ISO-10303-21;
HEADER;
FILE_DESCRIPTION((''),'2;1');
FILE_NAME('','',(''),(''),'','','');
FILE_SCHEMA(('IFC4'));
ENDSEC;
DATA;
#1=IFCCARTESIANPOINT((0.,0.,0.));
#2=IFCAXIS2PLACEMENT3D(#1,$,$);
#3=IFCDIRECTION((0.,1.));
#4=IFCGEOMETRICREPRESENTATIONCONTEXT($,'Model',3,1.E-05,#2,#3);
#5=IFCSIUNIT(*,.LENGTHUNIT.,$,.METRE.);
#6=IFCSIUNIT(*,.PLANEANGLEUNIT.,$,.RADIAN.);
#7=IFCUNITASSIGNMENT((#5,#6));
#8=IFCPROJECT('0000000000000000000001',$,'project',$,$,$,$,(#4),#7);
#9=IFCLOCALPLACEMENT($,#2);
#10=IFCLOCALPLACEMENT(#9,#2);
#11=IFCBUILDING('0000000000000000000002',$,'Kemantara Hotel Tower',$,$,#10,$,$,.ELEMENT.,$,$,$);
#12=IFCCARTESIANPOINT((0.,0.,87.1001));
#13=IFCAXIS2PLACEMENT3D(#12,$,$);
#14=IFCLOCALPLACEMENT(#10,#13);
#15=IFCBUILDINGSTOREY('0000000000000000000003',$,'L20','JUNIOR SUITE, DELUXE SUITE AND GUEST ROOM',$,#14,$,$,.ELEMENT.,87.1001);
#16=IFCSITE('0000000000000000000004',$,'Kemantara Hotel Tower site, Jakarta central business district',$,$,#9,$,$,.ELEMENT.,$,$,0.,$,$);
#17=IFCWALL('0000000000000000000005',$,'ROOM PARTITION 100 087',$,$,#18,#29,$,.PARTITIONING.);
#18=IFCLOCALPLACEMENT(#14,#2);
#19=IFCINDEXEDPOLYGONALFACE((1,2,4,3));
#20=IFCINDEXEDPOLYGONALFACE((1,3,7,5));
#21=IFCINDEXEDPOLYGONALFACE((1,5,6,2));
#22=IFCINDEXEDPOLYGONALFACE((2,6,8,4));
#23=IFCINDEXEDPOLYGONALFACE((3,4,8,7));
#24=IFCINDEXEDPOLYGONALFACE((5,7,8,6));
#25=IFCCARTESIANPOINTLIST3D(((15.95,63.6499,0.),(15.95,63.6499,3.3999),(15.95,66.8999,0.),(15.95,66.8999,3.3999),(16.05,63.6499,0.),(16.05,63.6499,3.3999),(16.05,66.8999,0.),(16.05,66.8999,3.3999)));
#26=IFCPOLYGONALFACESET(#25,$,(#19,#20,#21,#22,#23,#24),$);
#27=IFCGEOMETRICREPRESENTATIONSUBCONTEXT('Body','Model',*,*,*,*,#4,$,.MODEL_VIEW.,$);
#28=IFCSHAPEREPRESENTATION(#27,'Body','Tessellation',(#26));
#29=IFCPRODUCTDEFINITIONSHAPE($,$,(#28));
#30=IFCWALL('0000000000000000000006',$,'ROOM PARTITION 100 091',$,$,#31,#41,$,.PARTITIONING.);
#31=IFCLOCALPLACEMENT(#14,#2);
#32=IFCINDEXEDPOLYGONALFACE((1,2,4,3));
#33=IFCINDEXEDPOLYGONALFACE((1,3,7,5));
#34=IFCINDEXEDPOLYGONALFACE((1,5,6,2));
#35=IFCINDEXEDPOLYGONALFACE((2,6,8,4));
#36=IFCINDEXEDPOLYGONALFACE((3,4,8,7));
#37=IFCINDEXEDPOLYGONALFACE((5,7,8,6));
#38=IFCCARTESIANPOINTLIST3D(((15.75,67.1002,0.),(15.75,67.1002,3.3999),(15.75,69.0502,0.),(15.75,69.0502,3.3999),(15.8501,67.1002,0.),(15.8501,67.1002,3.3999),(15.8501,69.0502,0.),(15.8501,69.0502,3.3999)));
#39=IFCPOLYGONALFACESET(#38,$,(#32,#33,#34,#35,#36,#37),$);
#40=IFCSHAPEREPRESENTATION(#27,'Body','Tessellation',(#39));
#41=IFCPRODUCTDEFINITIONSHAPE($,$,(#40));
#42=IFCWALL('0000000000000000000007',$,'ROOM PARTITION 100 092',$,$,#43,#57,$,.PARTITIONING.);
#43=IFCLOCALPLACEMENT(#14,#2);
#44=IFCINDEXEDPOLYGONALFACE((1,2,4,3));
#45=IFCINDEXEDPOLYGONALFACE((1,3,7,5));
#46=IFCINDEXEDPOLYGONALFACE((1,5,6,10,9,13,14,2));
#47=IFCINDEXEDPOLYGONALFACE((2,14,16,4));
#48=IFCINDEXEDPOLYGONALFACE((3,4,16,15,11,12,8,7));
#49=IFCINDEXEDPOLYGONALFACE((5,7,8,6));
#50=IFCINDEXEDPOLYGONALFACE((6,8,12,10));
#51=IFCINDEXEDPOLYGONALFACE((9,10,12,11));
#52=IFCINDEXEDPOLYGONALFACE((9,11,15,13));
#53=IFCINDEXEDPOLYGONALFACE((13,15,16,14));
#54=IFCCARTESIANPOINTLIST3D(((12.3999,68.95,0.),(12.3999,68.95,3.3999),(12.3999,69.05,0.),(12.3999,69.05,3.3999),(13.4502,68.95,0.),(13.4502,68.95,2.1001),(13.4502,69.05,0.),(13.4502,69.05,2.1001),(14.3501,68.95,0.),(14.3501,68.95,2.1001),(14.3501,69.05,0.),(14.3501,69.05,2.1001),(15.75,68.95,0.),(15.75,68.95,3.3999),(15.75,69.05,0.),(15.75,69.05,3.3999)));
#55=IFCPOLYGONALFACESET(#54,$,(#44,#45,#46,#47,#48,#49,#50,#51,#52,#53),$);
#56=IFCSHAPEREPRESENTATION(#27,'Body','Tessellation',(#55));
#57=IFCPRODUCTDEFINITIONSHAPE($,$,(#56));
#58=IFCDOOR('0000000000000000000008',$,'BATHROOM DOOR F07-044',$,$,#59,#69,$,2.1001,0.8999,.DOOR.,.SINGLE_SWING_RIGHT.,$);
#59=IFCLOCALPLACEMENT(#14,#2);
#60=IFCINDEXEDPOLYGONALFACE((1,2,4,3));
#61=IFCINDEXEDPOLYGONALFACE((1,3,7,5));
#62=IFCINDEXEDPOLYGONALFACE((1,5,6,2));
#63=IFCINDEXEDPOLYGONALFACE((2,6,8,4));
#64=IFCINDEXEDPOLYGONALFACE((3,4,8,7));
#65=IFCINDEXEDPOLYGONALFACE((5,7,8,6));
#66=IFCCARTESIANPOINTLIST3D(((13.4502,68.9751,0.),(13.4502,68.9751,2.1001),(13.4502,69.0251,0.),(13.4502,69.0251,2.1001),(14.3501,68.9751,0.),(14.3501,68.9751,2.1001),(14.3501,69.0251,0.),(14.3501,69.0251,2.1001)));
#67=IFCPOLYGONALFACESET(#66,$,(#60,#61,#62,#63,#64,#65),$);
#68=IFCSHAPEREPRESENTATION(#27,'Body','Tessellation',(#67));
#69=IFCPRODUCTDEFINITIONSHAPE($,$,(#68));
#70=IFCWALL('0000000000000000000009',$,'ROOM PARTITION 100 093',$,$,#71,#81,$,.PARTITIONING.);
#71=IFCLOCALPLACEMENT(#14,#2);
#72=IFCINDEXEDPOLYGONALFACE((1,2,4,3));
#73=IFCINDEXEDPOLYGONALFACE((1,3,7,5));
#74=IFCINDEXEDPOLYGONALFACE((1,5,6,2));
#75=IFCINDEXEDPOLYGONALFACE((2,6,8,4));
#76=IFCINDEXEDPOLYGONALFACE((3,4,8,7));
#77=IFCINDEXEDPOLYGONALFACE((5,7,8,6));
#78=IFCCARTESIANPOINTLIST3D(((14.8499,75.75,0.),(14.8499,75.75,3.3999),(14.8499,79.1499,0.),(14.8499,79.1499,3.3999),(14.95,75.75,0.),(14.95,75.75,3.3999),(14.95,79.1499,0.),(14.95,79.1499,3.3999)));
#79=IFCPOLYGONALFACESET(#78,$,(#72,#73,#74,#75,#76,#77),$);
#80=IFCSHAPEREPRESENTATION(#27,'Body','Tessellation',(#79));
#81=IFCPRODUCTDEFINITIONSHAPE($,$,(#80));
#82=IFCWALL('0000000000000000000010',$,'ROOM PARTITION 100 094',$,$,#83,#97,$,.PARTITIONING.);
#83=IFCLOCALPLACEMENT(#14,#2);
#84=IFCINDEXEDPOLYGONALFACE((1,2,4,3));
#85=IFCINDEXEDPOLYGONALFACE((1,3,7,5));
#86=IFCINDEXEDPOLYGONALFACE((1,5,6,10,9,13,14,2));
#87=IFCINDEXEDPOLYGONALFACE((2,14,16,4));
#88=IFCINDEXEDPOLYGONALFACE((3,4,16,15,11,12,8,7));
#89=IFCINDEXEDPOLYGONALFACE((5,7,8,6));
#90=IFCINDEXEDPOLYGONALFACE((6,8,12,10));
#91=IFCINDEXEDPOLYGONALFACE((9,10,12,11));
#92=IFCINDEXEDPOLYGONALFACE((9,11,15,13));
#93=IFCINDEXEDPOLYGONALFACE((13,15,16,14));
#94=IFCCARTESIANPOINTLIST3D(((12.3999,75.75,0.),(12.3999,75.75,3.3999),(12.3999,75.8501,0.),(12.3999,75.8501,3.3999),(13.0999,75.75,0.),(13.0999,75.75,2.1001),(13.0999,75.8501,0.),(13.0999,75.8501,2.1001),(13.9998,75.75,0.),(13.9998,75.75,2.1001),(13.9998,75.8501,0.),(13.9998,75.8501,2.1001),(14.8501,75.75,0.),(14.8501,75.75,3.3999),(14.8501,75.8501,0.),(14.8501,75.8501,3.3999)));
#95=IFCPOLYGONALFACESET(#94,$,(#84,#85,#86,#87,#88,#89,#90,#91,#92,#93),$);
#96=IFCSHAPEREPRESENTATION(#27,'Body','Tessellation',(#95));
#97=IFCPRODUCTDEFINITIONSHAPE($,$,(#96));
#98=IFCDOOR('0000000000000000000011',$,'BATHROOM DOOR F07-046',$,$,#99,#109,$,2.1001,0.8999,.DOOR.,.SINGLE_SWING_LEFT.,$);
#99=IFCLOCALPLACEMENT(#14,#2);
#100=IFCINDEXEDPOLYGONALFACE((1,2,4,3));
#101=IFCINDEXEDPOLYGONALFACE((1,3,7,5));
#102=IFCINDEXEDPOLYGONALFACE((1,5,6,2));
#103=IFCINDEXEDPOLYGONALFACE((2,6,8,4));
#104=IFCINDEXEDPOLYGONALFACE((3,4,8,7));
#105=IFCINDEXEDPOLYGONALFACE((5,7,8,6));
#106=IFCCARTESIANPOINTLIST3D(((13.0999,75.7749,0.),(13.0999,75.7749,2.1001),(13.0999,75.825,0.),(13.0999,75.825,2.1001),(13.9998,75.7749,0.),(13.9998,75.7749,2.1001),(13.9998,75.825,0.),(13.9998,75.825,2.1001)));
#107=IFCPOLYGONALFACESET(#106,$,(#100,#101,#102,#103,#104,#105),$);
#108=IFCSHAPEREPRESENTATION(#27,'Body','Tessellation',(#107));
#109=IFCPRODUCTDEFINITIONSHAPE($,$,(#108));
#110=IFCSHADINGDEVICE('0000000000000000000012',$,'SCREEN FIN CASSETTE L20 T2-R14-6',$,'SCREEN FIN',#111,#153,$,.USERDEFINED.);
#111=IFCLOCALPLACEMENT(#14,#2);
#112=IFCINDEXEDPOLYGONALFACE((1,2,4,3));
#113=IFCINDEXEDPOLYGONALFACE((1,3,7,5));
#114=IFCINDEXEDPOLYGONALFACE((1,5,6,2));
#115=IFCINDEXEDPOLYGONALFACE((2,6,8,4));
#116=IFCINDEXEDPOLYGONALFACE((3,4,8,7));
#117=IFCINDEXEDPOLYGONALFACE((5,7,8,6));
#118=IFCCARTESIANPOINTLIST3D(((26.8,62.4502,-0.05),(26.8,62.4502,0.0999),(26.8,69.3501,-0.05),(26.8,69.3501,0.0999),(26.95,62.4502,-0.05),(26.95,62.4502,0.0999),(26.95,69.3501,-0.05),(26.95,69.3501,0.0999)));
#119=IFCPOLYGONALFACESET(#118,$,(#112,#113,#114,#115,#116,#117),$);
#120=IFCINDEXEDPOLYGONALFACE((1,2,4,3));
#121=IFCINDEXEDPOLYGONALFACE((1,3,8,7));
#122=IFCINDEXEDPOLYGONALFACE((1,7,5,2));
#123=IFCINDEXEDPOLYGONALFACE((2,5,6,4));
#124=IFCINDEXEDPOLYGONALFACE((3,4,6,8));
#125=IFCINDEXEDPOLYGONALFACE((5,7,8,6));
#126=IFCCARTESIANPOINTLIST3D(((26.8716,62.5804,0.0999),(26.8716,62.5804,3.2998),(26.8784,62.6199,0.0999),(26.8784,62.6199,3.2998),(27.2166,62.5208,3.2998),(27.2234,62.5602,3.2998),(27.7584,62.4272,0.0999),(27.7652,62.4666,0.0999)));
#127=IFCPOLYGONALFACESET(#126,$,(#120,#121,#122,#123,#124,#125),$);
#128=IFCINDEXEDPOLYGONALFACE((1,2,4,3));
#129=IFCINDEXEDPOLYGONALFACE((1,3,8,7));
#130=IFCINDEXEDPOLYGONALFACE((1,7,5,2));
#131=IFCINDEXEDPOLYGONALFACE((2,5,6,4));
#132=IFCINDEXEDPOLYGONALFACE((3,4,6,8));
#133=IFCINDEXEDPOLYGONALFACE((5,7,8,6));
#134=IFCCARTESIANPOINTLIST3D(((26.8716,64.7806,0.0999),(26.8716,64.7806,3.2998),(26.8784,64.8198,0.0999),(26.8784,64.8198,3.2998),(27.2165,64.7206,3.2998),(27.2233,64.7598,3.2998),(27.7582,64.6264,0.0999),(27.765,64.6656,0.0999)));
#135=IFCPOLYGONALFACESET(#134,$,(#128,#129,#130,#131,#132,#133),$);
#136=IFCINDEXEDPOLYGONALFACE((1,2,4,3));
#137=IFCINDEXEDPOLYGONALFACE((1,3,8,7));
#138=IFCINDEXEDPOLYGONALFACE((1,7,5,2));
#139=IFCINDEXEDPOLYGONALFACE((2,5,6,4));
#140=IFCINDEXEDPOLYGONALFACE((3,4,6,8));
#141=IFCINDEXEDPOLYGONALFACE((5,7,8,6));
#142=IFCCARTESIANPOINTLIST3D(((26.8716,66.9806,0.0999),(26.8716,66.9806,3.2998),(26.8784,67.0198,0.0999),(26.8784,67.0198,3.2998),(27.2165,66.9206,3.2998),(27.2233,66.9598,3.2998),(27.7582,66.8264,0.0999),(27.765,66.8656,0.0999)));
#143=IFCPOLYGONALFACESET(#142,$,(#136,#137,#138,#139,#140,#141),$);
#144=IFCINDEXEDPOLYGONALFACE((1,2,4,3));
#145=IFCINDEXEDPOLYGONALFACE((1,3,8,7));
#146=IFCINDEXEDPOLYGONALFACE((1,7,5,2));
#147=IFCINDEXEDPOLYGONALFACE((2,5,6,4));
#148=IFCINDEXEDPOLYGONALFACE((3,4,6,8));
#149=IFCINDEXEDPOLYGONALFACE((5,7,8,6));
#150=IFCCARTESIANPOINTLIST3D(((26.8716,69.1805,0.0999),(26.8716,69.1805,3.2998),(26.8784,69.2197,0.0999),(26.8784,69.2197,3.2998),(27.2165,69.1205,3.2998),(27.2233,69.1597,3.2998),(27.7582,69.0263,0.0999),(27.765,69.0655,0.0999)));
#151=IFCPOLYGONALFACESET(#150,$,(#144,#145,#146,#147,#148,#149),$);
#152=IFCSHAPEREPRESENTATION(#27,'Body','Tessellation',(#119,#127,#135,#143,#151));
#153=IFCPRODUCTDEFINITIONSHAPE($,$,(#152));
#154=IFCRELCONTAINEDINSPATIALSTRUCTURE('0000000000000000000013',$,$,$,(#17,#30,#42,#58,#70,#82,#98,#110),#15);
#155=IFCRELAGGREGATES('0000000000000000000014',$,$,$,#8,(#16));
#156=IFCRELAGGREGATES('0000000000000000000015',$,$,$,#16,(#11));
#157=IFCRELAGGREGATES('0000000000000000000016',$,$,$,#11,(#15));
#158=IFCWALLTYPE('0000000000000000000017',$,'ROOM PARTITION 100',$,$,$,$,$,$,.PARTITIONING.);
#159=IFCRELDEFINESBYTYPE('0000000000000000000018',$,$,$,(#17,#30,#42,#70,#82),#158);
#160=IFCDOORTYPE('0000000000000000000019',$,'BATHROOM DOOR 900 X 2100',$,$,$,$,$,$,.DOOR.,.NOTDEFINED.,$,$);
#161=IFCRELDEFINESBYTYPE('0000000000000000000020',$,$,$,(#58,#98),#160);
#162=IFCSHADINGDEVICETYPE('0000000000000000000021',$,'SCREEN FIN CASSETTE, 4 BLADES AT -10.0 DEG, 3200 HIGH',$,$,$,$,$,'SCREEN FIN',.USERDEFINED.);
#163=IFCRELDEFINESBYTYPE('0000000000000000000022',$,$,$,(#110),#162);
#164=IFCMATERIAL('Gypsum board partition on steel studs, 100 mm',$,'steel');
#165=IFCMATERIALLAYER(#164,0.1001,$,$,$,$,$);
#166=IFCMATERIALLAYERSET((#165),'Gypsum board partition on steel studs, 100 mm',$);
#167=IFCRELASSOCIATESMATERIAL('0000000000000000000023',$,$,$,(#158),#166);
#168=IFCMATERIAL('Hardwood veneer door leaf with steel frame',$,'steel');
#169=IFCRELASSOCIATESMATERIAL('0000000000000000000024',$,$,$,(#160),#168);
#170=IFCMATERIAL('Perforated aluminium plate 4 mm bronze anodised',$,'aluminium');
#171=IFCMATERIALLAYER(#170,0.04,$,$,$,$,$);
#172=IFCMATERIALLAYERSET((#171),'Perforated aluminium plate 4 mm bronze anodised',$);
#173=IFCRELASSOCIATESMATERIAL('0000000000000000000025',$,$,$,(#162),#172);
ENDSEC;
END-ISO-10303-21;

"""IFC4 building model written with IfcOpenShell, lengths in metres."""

from ifc_helpers import new_model, si_unit, direction, frame, frame_2d, origin, origin_2d, place, context, subcontext, project, spatial, polyline, rectangle, outline, extrude, source, transform, mapped, material, layer, layer_set, type_object, element, fill, save


model = new_model("IFC4")

# Units and contexts
model_context = context("Model", 3, precision=1e-05, world=origin(), true_north=direction((0.0, 1.0)))
body_context = subcontext(model_context, "Body", "Model", "MODEL_VIEW")
ifc_project = project(units=[si_unit("LENGTHUNIT", "METRE"), si_unit("PLANEANGLEUNIT", "RADIAN")], contexts=[model_context])

# Site, building, storey
site_placement = place(None, origin())
site = spatial("IfcSite", under=ifc_project, at=site_placement, Name="Kemantara Hotel Tower site, Jakarta central business district", CompositionType="ELEMENT", RefElevation=0.0)
building_placement = place(site_placement, origin())
building = spatial("IfcBuilding", under=site, at=building_placement, Name="Kemantara Hotel Tower", CompositionType="ELEMENT")
storey_placement = place(building_placement, frame((0.0, 0.0, 87.1001)))
storey = spatial("IfcBuildingStorey", under=building, at=storey_placement, Name="L20", Description="JUNIOR SUITE, DELUXE SUITE AND GUEST ROOM", CompositionType="ELEMENT", Elevation=87.1001)

# Walls
ifc_material_1 = material(Name="Gypsum board partition on steel studs, 100 mm", Category="steel")
ifc_layer_1 = layer(ifc_material_1, 0.1001)
ifc_layer_set_1 = layer_set([ifc_layer_1], Name="Gypsum board partition on steel studs, 100 mm")
wall_type_1 = type_object("IfcWallType", Name="ROOM PARTITION 100", PredefinedType="PARTITIONING", material=ifc_layer_set_1)
wall_1_placement = place(storey_placement, frame((16.0, 63.6499, 0.0), z_axis=(0.0, 0.0, 1.0), x_axis=(0.0, 1.0, 0.0)))
element("IfcWall", 1, at=wall_1_placement, inside=storey, type_object=wall_type_1, Name="ROOM PARTITION 100 087", PredefinedType="PARTITIONING", context=body_context, shape_type="SweptSolid", body=[
    extrude(rectangle(XDim=3.25, YDim=0.1001, at=frame_2d((1.625, 0.0))), origin(), (0.0, 0.0, 1.0), 3.3999),
])
wall_2_placement = place(storey_placement, frame((15.8, 67.1001, 0.0), z_axis=(0.0, 0.0, 1.0), x_axis=(0.0, 1.0, 0.0)))
element("IfcWall", 2, at=wall_2_placement, inside=storey, type_object=wall_type_1, Name="ROOM PARTITION 100 091", PredefinedType="PARTITIONING", context=body_context, shape_type="SweptSolid", body=[
    extrude(rectangle(XDim=1.95, YDim=0.1001, at=frame_2d((0.9751, 0.0))), origin(), (0.0, 0.0, 1.0), 3.3999),
])

# Wall, opening, door
wall_3_placement = place(storey_placement, frame((15.75, 69.0, 0.0), z_axis=(0.0, 0.0, 1.0), x_axis=(-1.0, 0.0, 0.0)))
wall_3 = element("IfcWall", 3, at=wall_3_placement, inside=storey, type_object=wall_type_1, Name="ROOM PARTITION 100 092", PredefinedType="PARTITIONING", context=body_context, shape_type="SweptSolid", body=[
    extrude(rectangle(XDim=3.3501, YDim=0.1001, at=frame_2d((1.675, 0.0))), origin(), (0.0, 0.0, 1.0), 3.3999),
])
opening_1_placement = place(wall_3_placement, frame((1.3999, 0.0, 0.0)))
opening_1 = element("IfcOpeningElement", 4, at=opening_1_placement, cuts=wall_3, PredefinedType="OPENING", context=body_context, shape_type="SweptSolid", body=[
    extrude(rectangle(XDim=0.8999, YDim=2.1001, at=frame_2d((0.45, 1.05))), frame((0.0, 0.0601, 0.0), z_axis=(0.0, -1.0, 0.0), x_axis=(1.0, 0.0, 0.0)), (0.0, 0.0, 1.0), 0.1201),
])
ifc_material_2 = material(Name="Hardwood veneer door leaf with steel frame", Category="steel")
door_type = type_object("IfcDoorType", Name="BATHROOM DOOR 900 X 2100", OperationType="NOTDEFINED", PredefinedType="DOOR", material=ifc_material_2)
door_1_placement = place(opening_1_placement, origin())
door_1 = element("IfcDoor", 5, at=door_1_placement, inside=storey, type_object=door_type, Name="BATHROOM DOOR F07-044", OperationType="SINGLE_SWING_RIGHT", OverallHeight=2.1001, OverallWidth=0.8999, PredefinedType="DOOR", context=body_context, shape_type="SweptSolid", body=[
    extrude(rectangle(XDim=0.8999, YDim=2.1001, at=frame_2d((0.45, 1.05))), frame((0.0, 0.0249, 0.0), z_axis=(0.0, -1.0, 0.0), x_axis=(1.0, 0.0, 0.0)), (0.0, 0.0, 1.0), 0.05),
])
fill(opening_1, door_1)

# Wall
wall_4_placement = place(storey_placement, frame((14.8999, 75.75, 0.0), z_axis=(0.0, 0.0, 1.0), x_axis=(0.0, 1.0, 0.0)))
element("IfcWall", 6, at=wall_4_placement, inside=storey, type_object=wall_type_1, Name="ROOM PARTITION 100 093", PredefinedType="PARTITIONING", context=body_context, shape_type="SweptSolid", body=[
    extrude(rectangle(XDim=3.3999, YDim=0.1001, at=frame_2d((1.7, 0.0))), origin(), (0.0, 0.0, 1.0), 3.3999),
])

# Wall, opening, door
wall_5_placement = place(storey_placement, frame((12.3999, 75.8, 0.0), z_axis=(0.0, 0.0, 1.0), x_axis=(1.0, 0.0, 0.0)))
wall_5 = element("IfcWall", 7, at=wall_5_placement, inside=storey, type_object=wall_type_1, Name="ROOM PARTITION 100 094", PredefinedType="PARTITIONING", context=body_context, shape_type="SweptSolid", body=[
    extrude(rectangle(XDim=2.4502, YDim=0.1001, at=frame_2d((1.2251, 0.0))), origin(), (0.0, 0.0, 1.0), 3.3999),
])
opening_2_placement = place(wall_5_placement, frame((0.7, 0.0, 0.0)))
opening_2 = element("IfcOpeningElement", 8, at=opening_2_placement, cuts=wall_5, PredefinedType="OPENING", context=body_context, shape_type="SweptSolid", body=[
    extrude(rectangle(XDim=0.8999, YDim=2.1001, at=frame_2d((0.45, 1.05))), frame((0.0, 0.0601, 0.0), z_axis=(0.0, -1.0, 0.0), x_axis=(1.0, 0.0, 0.0)), (0.0, 0.0, 1.0), 0.1201),
])
door_2_placement = place(opening_2_placement, origin())
door_2 = element("IfcDoor", 9, at=door_2_placement, inside=storey, type_object=door_type, Name="BATHROOM DOOR F07-046", OperationType="SINGLE_SWING_LEFT", OverallHeight=2.1001, OverallWidth=0.8999, PredefinedType="DOOR", context=body_context, shape_type="SweptSolid", body=[
    extrude(rectangle(XDim=0.8999, YDim=2.1001, at=frame_2d((0.45, 1.05))), frame((0.0, 0.0249, 0.0), z_axis=(0.0, -1.0, 0.0), x_axis=(1.0, 0.0, 0.0)), (0.0, 0.0, 1.0), 0.05),
])
fill(opening_2, door_2)

# Shading device
ifc_material_3 = material(Name="Perforated aluminium plate 4 mm bronze anodised", Category="aluminium")
ifc_layer_2 = layer(ifc_material_3, 0.04)
ifc_layer_set_2 = layer_set([ifc_layer_2], Name="Perforated aluminium plate 4 mm bronze anodised")
shading_device_type_1 = type_object("IfcShadingDeviceType", Name="SCREEN FIN CASSETTE, 4 BLADES AT -10.0 DEG, 3200 HIGH", ElementType="SCREEN FIN", PredefinedType="USERDEFINED", material=ifc_layer_set_2)
shared_shape_1 = source(origin(), body_context, "Body", "SweptSolid", [
    extrude(rectangle(XDim=6.8999, YDim=0.1499, at=origin_2d()), frame((3.3, -0.075, -0.1499), z_axis=(0.0, 0.0, 1.0), x_axis=(1.0, 0.0, 0.0)), (0.0, 0.0, 1.0), 0.1499),
    extrude(outline(polyline([(0.0, 0.0), (0.8999, 0.0), (0.3501, 3.2), (0.0, 3.2), (0.0, 0.0)])), frame((0.0198, -0.0784, 0.0), z_axis=(-0.98539, 0.170314, 0.0), x_axis=(-0.170314, -0.98539, 0.0)), (0.0, 0.0, 1.0), 0.04),
    extrude(outline(polyline([(0.0, 0.0), (0.8999, 0.0), (0.3501, 3.2), (0.0, 3.2), (0.0, 0.0)])), frame((2.2197, -0.0784, 0.0), z_axis=(-0.985212, 0.171341, 0.0), x_axis=(-0.171341, -0.985212, 0.0)), (0.0, 0.0, 1.0), 0.0398),
    extrude(outline(polyline([(0.0, 0.0), (0.8999, 0.0), (0.3501, 3.2), (0.0, 3.2), (0.0, 0.0)])), frame((4.4197, -0.0784, 0.0), z_axis=(-0.985212, 0.171341, 0.0), x_axis=(-0.171341, -0.985212, 0.0)), (0.0, 0.0, 1.0), 0.0398),
    extrude(outline(polyline([(0.0, 0.0), (0.8999, 0.0), (0.3501, 3.2), (0.0, 3.2), (0.0, 0.0)])), frame((6.6196, -0.0784, 0.0), z_axis=(-0.985212, 0.171341, 0.0), x_axis=(-0.171341, -0.985212, 0.0)), (0.0, 0.0, 1.0), 0.0398),
])
shading_device_1_placement = place(storey_placement, frame((26.8, 62.6001, 0.0999), z_axis=(0.0, 0.0, 1.0), x_axis=(0.0, 1.0, 0.0)))
element("IfcShadingDevice", 10, at=shading_device_1_placement, inside=storey, type_object=shading_device_type_1, Name="SCREEN FIN CASSETTE L20 T2-R14-6", ObjectType="SCREEN FIN", PredefinedType="USERDEFINED", context=body_context, shape_type="MappedRepresentation", body=[
    mapped(shared_shape_1, transform((0.0, 0.0, 0.0))),
])

save(model, "model.ifc")
